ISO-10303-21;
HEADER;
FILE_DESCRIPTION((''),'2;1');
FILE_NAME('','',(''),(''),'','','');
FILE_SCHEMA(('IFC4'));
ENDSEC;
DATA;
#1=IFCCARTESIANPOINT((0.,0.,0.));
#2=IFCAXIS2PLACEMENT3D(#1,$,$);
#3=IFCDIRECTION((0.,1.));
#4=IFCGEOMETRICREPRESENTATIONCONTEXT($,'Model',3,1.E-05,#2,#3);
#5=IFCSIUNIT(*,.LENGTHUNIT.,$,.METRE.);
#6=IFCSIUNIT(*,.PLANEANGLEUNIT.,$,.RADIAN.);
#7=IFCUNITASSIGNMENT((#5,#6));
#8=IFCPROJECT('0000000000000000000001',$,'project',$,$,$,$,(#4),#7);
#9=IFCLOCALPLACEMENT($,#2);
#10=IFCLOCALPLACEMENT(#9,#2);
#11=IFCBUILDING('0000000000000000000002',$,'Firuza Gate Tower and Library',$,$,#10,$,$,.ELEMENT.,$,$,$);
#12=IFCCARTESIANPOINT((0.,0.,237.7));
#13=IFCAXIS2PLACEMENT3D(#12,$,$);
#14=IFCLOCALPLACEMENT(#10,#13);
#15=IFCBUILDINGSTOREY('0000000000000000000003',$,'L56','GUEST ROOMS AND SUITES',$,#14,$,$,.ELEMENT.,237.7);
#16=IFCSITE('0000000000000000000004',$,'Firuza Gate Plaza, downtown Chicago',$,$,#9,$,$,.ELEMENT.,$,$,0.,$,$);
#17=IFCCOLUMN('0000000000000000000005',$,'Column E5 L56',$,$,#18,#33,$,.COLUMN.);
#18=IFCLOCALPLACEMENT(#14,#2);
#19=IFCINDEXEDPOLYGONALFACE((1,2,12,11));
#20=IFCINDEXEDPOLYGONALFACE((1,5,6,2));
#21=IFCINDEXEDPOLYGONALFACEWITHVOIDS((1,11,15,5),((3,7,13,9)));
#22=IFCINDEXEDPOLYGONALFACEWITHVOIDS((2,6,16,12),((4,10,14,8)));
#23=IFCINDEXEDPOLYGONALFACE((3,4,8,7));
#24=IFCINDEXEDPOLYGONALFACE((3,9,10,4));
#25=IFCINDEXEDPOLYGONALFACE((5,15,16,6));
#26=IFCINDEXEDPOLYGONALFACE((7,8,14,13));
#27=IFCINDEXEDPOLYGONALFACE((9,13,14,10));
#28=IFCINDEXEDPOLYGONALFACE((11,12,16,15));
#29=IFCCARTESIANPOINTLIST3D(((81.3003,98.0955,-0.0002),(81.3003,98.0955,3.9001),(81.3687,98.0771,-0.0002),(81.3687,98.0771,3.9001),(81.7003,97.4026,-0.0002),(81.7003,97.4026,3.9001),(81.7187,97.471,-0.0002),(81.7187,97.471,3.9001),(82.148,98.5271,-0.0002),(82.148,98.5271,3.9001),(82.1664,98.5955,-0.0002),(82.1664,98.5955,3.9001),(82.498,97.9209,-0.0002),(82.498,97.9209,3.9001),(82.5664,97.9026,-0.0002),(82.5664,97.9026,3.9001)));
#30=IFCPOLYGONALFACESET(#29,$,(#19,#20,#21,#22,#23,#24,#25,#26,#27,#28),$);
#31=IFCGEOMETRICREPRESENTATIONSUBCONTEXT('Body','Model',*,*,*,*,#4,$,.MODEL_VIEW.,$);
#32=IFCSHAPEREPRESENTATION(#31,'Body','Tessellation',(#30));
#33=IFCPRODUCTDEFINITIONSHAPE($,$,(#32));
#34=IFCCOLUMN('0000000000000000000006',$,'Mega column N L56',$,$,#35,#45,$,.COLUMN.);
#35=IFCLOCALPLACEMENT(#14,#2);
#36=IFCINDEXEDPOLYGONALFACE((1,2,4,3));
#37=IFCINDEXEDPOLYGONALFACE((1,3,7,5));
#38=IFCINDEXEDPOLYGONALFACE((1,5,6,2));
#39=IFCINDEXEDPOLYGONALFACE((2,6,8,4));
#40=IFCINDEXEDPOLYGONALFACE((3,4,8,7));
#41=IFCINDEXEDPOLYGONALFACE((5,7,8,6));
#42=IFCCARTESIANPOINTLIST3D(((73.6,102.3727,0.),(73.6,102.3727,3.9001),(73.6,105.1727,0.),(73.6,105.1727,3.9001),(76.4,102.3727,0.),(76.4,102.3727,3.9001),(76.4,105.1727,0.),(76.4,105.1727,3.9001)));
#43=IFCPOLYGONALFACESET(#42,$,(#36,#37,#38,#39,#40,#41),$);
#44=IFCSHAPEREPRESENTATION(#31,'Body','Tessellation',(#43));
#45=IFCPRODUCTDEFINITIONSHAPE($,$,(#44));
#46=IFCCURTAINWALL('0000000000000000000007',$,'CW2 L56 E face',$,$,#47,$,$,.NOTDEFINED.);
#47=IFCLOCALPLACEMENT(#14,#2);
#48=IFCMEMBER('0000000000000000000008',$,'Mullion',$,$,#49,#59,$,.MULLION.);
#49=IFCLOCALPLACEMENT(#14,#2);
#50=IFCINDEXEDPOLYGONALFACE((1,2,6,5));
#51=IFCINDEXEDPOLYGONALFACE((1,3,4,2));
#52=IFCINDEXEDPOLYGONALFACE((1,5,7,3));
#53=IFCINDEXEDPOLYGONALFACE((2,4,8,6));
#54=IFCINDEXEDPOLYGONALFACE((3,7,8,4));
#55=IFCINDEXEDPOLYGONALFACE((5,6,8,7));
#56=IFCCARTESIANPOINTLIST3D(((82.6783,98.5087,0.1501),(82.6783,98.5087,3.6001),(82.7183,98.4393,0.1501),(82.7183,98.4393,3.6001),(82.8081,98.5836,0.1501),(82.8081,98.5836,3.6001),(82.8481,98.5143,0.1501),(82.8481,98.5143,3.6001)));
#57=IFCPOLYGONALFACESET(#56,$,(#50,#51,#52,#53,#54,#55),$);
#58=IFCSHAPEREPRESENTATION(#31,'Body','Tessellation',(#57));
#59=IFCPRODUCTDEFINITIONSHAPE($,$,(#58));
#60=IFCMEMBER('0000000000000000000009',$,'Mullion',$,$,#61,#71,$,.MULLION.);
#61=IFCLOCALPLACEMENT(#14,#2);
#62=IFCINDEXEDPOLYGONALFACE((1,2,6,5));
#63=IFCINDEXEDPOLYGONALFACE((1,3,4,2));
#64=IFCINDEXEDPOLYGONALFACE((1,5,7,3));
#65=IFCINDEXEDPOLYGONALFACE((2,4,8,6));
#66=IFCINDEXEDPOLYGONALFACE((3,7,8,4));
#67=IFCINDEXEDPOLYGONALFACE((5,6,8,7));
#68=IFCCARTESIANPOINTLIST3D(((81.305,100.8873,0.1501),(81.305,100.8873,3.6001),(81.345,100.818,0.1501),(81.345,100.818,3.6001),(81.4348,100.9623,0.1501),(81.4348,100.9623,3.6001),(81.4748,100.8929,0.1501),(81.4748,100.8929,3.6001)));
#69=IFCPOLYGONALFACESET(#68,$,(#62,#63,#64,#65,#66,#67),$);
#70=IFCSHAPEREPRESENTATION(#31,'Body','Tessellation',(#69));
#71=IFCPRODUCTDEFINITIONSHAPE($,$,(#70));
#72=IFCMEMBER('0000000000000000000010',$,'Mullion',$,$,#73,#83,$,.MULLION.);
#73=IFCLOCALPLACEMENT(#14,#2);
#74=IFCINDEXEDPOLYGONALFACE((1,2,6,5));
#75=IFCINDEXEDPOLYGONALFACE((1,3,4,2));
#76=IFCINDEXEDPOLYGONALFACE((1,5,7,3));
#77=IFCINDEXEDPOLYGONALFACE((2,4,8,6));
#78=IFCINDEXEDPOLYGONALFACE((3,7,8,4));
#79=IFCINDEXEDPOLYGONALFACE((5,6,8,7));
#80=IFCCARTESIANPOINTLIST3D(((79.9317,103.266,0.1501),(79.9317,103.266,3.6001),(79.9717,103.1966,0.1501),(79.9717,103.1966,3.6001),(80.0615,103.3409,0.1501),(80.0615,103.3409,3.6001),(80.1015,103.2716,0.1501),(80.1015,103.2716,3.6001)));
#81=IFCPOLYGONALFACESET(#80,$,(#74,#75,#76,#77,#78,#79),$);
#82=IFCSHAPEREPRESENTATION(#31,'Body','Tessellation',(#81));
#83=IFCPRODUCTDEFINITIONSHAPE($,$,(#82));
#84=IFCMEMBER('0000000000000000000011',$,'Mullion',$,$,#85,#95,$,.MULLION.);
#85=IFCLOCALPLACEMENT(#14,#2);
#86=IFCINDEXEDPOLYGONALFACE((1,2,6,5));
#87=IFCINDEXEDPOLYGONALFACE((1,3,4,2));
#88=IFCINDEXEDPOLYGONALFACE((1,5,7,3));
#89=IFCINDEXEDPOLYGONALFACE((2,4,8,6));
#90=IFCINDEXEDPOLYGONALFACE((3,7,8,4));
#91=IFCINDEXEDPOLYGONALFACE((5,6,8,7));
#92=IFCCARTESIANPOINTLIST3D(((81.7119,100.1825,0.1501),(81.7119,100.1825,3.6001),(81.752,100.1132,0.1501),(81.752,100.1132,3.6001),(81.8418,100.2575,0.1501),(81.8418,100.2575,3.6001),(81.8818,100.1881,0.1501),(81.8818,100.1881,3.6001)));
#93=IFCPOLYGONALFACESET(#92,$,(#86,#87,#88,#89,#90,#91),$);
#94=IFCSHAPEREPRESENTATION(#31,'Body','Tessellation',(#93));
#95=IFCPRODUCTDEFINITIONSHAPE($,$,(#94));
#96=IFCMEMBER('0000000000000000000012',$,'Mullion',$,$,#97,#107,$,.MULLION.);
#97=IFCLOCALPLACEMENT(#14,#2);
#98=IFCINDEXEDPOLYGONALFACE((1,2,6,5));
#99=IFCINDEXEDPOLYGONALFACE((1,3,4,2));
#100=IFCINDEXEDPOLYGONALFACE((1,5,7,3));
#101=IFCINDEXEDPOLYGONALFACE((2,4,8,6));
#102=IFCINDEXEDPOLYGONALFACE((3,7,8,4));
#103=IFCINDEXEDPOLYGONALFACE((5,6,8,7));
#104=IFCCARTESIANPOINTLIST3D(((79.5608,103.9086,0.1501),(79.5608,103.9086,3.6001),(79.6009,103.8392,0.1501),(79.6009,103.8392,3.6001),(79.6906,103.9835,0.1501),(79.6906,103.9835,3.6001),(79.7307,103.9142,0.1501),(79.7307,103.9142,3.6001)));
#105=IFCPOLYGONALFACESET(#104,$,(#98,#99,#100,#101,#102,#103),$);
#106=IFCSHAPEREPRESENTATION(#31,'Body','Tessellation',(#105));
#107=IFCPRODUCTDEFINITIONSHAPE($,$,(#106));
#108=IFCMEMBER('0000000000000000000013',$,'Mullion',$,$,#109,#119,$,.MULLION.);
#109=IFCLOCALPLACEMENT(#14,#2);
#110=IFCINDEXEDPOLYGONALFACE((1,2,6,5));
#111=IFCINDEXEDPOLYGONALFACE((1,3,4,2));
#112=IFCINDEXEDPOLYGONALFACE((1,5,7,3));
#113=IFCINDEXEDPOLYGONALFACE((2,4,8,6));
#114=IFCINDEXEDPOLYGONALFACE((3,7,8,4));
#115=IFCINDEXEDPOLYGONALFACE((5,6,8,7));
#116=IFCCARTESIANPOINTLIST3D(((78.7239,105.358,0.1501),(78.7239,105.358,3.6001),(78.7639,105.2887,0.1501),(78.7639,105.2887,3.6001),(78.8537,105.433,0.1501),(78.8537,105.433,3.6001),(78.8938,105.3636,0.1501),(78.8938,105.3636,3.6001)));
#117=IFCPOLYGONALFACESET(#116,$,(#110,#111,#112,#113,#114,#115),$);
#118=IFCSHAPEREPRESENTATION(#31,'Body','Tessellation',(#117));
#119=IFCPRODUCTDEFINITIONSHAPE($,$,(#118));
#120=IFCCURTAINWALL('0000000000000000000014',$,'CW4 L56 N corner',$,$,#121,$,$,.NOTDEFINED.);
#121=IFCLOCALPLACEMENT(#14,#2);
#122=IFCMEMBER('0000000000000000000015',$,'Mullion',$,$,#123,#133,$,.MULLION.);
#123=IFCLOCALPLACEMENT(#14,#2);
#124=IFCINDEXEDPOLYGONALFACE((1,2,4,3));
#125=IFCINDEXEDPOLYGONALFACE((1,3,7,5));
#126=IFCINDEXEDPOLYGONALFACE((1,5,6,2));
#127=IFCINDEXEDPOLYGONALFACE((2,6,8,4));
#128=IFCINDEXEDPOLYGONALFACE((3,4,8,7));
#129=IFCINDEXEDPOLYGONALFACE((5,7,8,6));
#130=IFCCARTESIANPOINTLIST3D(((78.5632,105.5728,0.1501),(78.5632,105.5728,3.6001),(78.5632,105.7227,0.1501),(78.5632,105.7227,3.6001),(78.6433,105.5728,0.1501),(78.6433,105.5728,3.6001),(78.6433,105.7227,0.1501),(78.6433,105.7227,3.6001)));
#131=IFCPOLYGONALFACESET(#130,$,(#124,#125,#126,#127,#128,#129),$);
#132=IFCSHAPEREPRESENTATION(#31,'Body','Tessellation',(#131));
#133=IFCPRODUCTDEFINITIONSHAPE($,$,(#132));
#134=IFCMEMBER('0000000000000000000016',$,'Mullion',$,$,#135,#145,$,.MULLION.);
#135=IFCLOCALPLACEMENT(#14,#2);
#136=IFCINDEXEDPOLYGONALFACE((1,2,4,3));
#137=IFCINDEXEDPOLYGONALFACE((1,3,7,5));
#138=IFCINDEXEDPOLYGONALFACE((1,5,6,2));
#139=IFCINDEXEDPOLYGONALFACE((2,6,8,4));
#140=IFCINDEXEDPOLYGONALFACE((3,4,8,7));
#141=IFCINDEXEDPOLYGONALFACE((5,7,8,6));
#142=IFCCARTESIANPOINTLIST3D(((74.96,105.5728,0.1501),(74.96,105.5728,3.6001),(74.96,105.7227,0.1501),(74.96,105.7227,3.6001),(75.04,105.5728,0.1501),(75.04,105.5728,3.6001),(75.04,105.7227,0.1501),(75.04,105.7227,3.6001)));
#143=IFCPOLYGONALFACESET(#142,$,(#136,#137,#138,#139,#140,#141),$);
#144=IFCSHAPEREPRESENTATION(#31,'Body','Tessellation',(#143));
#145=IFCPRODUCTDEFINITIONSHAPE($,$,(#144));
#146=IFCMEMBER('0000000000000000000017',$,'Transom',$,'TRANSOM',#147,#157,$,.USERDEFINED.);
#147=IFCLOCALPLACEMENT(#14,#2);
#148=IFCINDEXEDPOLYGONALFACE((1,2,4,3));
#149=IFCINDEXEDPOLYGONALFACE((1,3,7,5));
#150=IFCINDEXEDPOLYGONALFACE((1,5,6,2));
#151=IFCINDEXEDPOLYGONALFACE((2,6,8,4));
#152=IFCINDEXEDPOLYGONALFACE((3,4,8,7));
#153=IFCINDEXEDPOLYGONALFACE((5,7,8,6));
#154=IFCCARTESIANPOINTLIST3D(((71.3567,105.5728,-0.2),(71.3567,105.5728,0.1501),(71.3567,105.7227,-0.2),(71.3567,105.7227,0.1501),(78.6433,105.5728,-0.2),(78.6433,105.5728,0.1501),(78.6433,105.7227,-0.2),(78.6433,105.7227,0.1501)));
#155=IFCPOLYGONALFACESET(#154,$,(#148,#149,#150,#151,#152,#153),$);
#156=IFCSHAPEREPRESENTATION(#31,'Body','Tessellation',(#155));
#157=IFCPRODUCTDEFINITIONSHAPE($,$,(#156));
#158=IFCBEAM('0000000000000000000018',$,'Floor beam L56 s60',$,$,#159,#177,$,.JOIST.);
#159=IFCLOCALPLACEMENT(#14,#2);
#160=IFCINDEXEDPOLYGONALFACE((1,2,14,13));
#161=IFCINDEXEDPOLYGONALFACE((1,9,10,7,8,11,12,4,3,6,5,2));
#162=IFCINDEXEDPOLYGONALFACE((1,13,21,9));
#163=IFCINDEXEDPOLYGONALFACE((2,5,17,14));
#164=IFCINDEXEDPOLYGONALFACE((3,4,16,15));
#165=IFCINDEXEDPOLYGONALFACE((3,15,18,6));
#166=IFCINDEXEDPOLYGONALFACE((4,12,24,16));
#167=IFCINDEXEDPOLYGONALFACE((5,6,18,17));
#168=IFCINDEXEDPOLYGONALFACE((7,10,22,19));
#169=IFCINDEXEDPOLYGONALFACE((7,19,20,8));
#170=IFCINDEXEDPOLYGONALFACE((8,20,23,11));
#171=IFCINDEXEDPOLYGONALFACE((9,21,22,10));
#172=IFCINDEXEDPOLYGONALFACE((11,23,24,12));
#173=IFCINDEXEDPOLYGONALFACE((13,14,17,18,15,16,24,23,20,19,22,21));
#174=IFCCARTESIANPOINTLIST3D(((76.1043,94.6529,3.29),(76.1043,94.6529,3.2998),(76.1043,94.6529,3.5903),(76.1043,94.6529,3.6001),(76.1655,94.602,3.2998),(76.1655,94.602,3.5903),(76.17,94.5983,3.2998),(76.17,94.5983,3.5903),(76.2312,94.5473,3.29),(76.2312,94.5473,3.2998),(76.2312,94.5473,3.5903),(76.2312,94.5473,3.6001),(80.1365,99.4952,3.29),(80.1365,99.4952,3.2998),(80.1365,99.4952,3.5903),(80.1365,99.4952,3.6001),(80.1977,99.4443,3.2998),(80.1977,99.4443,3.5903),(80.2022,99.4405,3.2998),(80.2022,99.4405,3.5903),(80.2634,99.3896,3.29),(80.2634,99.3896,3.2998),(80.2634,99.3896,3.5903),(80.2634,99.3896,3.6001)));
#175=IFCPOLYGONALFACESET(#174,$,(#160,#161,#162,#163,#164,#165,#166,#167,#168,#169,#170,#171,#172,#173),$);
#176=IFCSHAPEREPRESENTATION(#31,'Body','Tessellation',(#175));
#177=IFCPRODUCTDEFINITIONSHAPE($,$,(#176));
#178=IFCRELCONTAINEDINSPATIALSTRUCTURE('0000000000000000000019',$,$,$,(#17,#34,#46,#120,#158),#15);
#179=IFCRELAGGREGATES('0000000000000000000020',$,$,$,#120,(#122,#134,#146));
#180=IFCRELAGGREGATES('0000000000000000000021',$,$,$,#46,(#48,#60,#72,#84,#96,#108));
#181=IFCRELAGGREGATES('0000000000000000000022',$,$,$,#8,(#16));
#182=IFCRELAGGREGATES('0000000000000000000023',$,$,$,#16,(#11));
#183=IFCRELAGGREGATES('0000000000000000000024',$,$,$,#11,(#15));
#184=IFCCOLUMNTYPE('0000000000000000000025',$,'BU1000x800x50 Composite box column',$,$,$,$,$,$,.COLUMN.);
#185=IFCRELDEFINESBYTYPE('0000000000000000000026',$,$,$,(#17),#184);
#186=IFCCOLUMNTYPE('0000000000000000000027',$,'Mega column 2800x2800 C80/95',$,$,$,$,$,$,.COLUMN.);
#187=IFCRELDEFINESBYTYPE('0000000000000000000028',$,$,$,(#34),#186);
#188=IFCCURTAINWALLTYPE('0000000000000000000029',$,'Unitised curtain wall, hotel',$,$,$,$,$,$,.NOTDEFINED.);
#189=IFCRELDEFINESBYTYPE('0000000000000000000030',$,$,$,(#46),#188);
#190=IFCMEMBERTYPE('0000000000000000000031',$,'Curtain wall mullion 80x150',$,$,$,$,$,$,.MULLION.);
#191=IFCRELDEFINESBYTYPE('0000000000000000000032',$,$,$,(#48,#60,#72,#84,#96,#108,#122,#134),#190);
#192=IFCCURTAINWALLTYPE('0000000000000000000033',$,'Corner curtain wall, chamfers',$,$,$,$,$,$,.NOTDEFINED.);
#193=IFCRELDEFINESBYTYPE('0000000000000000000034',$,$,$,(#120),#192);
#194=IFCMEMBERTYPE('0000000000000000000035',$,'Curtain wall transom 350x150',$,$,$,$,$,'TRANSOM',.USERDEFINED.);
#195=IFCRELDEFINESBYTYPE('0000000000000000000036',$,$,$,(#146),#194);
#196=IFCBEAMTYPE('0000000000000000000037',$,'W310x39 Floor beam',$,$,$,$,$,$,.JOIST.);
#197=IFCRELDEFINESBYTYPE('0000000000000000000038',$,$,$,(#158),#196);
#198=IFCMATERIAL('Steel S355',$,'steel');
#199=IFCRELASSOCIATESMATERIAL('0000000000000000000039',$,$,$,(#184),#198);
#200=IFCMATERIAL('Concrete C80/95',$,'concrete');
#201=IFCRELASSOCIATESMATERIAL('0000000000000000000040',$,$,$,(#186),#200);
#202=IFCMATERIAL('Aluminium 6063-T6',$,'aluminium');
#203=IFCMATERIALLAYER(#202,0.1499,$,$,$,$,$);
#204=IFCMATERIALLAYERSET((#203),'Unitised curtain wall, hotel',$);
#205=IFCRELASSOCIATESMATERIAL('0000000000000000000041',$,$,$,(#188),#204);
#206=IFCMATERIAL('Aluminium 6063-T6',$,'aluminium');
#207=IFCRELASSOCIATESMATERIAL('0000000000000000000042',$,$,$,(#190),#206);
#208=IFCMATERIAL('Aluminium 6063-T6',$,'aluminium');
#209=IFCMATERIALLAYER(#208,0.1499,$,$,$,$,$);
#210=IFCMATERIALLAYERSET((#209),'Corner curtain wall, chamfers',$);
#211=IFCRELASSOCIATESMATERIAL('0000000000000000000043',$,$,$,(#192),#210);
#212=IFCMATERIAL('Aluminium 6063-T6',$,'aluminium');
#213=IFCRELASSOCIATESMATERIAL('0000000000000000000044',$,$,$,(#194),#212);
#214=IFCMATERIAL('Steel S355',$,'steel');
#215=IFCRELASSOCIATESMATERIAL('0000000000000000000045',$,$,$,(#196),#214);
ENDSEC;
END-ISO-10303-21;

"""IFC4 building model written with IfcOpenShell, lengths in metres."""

from ifc_helpers import new_model, si_unit, direction, frame, origin, origin_2d, place, context, subcontext, project, spatial, rectangle, hollow_rectangle, i_section, extrude, material, layer, layer_set, material_profile, profile_set, type_object, element, aggregate, save


model = new_model("IFC4")

# Units and contexts
model_context = context("Model", 3, precision=1e-05, world=origin(), true_north=direction((0.0, 1.0)))
body_context = subcontext(model_context, "Body", "Model", "MODEL_VIEW")
ifc_project = project(units=[si_unit("LENGTHUNIT", "METRE"), si_unit("PLANEANGLEUNIT", "RADIAN")], contexts=[model_context])

# Site, building, storey
site_placement = place(None, origin())
site = spatial("IfcSite", under=ifc_project, at=site_placement, Name="Firuza Gate Plaza, downtown Chicago", CompositionType="ELEMENT", RefElevation=0.0)
building_placement = place(site_placement, origin())
building = spatial("IfcBuilding", under=site, at=building_placement, Name="Firuza Gate Tower and Library", CompositionType="ELEMENT")
storey_placement = place(building_placement, frame((0.0, 0.0, 237.7)))
storey = spatial("IfcBuildingStorey", under=building, at=storey_placement, Name="L56", Description="GUEST ROOMS AND SUITES", CompositionType="ELEMENT", Elevation=237.7)

# Columns
ifc_material_1 = material(Name="Steel S355", Category="steel")
ifc_material_profile_1 = material_profile(ifc_material_1, hollow_rectangle(XDim=0.8, YDim=1.0, WallThickness=0.05, at=origin_2d()))
ifc_profile_set_1 = profile_set([ifc_material_profile_1], Name="Steel S355")
column_type_1 = type_object("IfcColumnType", Name="BU1000x800x50 Composite box column", PredefinedType="COLUMN", material=ifc_profile_set_1)
column_1_placement = place(storey_placement, frame((81.9333, 97.999, -0.0002), z_axis=(0.0, 0.0, 1.0), x_axis=(-0.5, 0.866025, 0.0)))
element("IfcColumn", 1, at=column_1_placement, inside=storey, type_object=column_type_1, Name="Column E5 L56", PredefinedType="COLUMN", context=body_context, shape_type="SweptSolid", body=[
    extrude(hollow_rectangle(XDim=0.8, YDim=1.0, WallThickness=0.05, at=origin_2d()), origin(), (0.0, 0.0, 1.0), 3.9004),
])
ifc_material_2 = material(Name="Concrete C80/95", Category="concrete")
ifc_material_profile_2 = material_profile(ifc_material_2, rectangle(XDim=2.8, YDim=2.8, at=origin_2d()))
ifc_profile_set_2 = profile_set([ifc_material_profile_2], Name="Concrete C80/95")
column_type_2 = type_object("IfcColumnType", Name="Mega column 2800x2800 C80/95", PredefinedType="COLUMN", material=ifc_profile_set_2)
column_2_placement = place(storey_placement, frame((75.0, 103.7727, 0.0), z_axis=(0.0, 0.0, 1.0), x_axis=(-1.0, 0.0, 0.0)))
element("IfcColumn", 2, at=column_2_placement, inside=storey, type_object=column_type_2, Name="Mega column N L56", PredefinedType="COLUMN", context=body_context, shape_type="SweptSolid", body=[
    extrude(rectangle(XDim=2.8, YDim=2.8, at=origin_2d()), origin(), (0.0, 0.0, 1.0), 3.9001),
])

# Curtain walls, members
ifc_material_3 = material(Name="Aluminium 6063-T6", Category="aluminium")
ifc_layer_1 = layer(ifc_material_3, 0.1499)
ifc_layer_set_1 = layer_set([ifc_layer_1], Name="Unitised curtain wall, hotel")
curtain_wall_type_1 = type_object("IfcCurtainWallType", Name="Unitised curtain wall, hotel", PredefinedType="NOTDEFINED", material=ifc_layer_set_1)
placement = place(storey_placement, origin())
curtain_wall_1 = element("IfcCurtainWall", 3, at=placement, inside=storey, type_object=curtain_wall_type_1, Name="CW2 L56 E face", PredefinedType="NOTDEFINED")
ifc_material_4 = material(Name="Aluminium 6063-T6", Category="aluminium")
ifc_material_profile_3 = material_profile(ifc_material_4, rectangle(XDim=0.1499, YDim=0.0801, at=origin_2d()))
ifc_profile_set_3 = profile_set([ifc_material_profile_3], Name="Aluminium 6063-T6")
member_type_1 = type_object("IfcMemberType", Name="Curtain wall mullion 80x150", PredefinedType="MULLION", material=ifc_profile_set_3)
member_1_placement = place(storey_placement, frame((82.7632, 98.5115, 0.1501), z_axis=(0.0, 0.0, 1.0), x_axis=(-0.866025, -0.5, 0.0)))
member_1 = element("IfcMember", 4, at=member_1_placement, type_object=member_type_1, Name="Mullion", PredefinedType="MULLION", context=body_context, shape_type="SweptSolid", body=[
    extrude(rectangle(XDim=0.1499, YDim=0.0801, at=origin_2d()), origin(), (0.0, 0.0, 1.0), 3.45),
])
member_2_placement = place(storey_placement, frame((81.3899, 100.8901, 0.1501), z_axis=(0.0, 0.0, 1.0), x_axis=(-0.866025, -0.5, 0.0)))
member_2 = element("IfcMember", 5, at=member_2_placement, type_object=member_type_1, Name="Mullion", PredefinedType="MULLION", context=body_context, shape_type="SweptSolid", body=[
    extrude(rectangle(XDim=0.1499, YDim=0.0801, at=origin_2d()), origin(), (0.0, 0.0, 1.0), 3.45),
])
member_3_placement = place(storey_placement, frame((80.0166, 103.2688, 0.1501), z_axis=(0.0, 0.0, 1.0), x_axis=(-0.866025, -0.5, 0.0)))
member_3 = element("IfcMember", 6, at=member_3_placement, type_object=member_type_1, Name="Mullion", PredefinedType="MULLION", context=body_context, shape_type="SweptSolid", body=[
    extrude(rectangle(XDim=0.1499, YDim=0.0801, at=origin_2d()), origin(), (0.0, 0.0, 1.0), 3.45),
])
member_4_placement = place(storey_placement, frame((81.7969, 100.1853, 0.1501), z_axis=(0.0, 0.0, 1.0), x_axis=(-0.866025, -0.5, 0.0)))
member_4 = element("IfcMember", 7, at=member_4_placement, type_object=member_type_1, Name="Mullion", PredefinedType="MULLION", context=body_context, shape_type="SweptSolid", body=[
    extrude(rectangle(XDim=0.1499, YDim=0.0801, at=origin_2d()), origin(), (0.0, 0.0, 1.0), 3.45),
])
member_5_placement = place(storey_placement, frame((79.6458, 103.9114, 0.1501), z_axis=(0.0, 0.0, 1.0), x_axis=(-0.866025, -0.5, 0.0)))
member_5 = element("IfcMember", 8, at=member_5_placement, type_object=member_type_1, Name="Mullion", PredefinedType="MULLION", context=body_context, shape_type="SweptSolid", body=[
    extrude(rectangle(XDim=0.1499, YDim=0.0801, at=origin_2d()), origin(), (0.0, 0.0, 1.0), 3.45),
])
member_6_placement = place(storey_placement, frame((78.8088, 105.3608, 0.1501), z_axis=(0.0, 0.0, 1.0), x_axis=(-0.866025, -0.5, 0.0)))
member_6 = element("IfcMember", 9, at=member_6_placement, type_object=member_type_1, Name="Mullion", PredefinedType="MULLION", context=body_context, shape_type="SweptSolid", body=[
    extrude(rectangle(XDim=0.1499, YDim=0.0801, at=origin_2d()), origin(), (0.0, 0.0, 1.0), 3.45),
])
ifc_material_5 = material(Name="Aluminium 6063-T6", Category="aluminium")
ifc_layer_2 = layer(ifc_material_5, 0.1499)
ifc_layer_set_2 = layer_set([ifc_layer_2], Name="Corner curtain wall, chamfers")
curtain_wall_type_2 = type_object("IfcCurtainWallType", Name="Corner curtain wall, chamfers", PredefinedType="NOTDEFINED", material=ifc_layer_set_2)
curtain_wall_2 = element("IfcCurtainWall", 10, at=placement, inside=storey, type_object=curtain_wall_type_2, Name="CW4 L56 N corner", PredefinedType="NOTDEFINED")
member_7_placement = place(storey_placement, frame((78.6033, 105.6477, 0.1501), z_axis=(0.0, 0.0, 1.0), x_axis=(0.0, -1.0, 0.0)))
member_7 = element("IfcMember", 11, at=member_7_placement, type_object=member_type_1, Name="Mullion", PredefinedType="MULLION", context=body_context, shape_type="SweptSolid", body=[
    extrude(rectangle(XDim=0.1499, YDim=0.0801, at=origin_2d()), origin(), (0.0, 0.0, 1.0), 3.45),
])
member_8_placement = place(storey_placement, frame((75.0, 105.6477, 0.1501), z_axis=(0.0, 0.0, 1.0), x_axis=(0.0, -1.0, 0.0)))
member_8 = element("IfcMember", 12, at=member_8_placement, type_object=member_type_1, Name="Mullion", PredefinedType="MULLION", context=body_context, shape_type="SweptSolid", body=[
    extrude(rectangle(XDim=0.1499, YDim=0.0801, at=origin_2d()), origin(), (0.0, 0.0, 1.0), 3.45),
])
ifc_material_6 = material(Name="Aluminium 6063-T6", Category="aluminium")
ifc_material_profile_4 = material_profile(ifc_material_6, rectangle(XDim=0.1499, YDim=0.3501, at=origin_2d()))
ifc_profile_set_4 = profile_set([ifc_material_profile_4], Name="Aluminium 6063-T6")
member_type_2 = type_object("IfcMemberType", Name="Curtain wall transom 350x150", ElementType="TRANSOM", PredefinedType="USERDEFINED", material=ifc_profile_set_4)
member_9_placement = place(storey_placement, frame((78.6433, 105.6477, -0.0249), z_axis=(-1.0, 0.0, 0.0), x_axis=(0.0, -1.0, 0.0)))
member_9 = element("IfcMember", 13, at=member_9_placement, type_object=member_type_2, Name="Transom", ObjectType="TRANSOM", PredefinedType="USERDEFINED", context=body_context, shape_type="SweptSolid", body=[
    extrude(rectangle(XDim=0.1499, YDim=0.3501, at=origin_2d()), origin(), (0.0, 0.0, 1.0), 7.2866),
])

# Beam
ifc_material_7 = material(Name="Steel S355", Category="steel")
ifc_material_profile_5 = material_profile(ifc_material_7, i_section(OverallWidth=0.165, OverallDepth=0.3101, WebThickness=0.0059, FlangeThickness=0.0098, at=origin_2d()))
ifc_profile_set_5 = profile_set([ifc_material_profile_5], Name="Steel S355")
beam_type_1 = type_object("IfcBeamType", Name="W310x39 Floor beam", PredefinedType="JOIST", material=ifc_profile_set_5)
beam_1_placement = place(storey_placement, frame((80.2, 99.4424, 3.4451), z_axis=(-0.639902, -0.768456, 0.0), x_axis=(0.768456, -0.639902, 0.0)))
element("IfcBeam", 14, at=beam_1_placement, inside=storey, type_object=beam_type_1, Name="Floor beam L56 s60", PredefinedType="JOIST", context=body_context, shape_type="SweptSolid", body=[
    extrude(i_section(OverallWidth=0.165, OverallDepth=0.3101, WebThickness=0.0059, FlangeThickness=0.0098, at=origin_2d()), origin(), (0.0, 0.0, 1.0), 6.3013),
])

aggregate(curtain_wall_2, [member_7, member_8, member_9])
aggregate(curtain_wall_1, [member_1, member_2, member_3, member_4, member_5, member_6])

save(model, "model.ifc")
